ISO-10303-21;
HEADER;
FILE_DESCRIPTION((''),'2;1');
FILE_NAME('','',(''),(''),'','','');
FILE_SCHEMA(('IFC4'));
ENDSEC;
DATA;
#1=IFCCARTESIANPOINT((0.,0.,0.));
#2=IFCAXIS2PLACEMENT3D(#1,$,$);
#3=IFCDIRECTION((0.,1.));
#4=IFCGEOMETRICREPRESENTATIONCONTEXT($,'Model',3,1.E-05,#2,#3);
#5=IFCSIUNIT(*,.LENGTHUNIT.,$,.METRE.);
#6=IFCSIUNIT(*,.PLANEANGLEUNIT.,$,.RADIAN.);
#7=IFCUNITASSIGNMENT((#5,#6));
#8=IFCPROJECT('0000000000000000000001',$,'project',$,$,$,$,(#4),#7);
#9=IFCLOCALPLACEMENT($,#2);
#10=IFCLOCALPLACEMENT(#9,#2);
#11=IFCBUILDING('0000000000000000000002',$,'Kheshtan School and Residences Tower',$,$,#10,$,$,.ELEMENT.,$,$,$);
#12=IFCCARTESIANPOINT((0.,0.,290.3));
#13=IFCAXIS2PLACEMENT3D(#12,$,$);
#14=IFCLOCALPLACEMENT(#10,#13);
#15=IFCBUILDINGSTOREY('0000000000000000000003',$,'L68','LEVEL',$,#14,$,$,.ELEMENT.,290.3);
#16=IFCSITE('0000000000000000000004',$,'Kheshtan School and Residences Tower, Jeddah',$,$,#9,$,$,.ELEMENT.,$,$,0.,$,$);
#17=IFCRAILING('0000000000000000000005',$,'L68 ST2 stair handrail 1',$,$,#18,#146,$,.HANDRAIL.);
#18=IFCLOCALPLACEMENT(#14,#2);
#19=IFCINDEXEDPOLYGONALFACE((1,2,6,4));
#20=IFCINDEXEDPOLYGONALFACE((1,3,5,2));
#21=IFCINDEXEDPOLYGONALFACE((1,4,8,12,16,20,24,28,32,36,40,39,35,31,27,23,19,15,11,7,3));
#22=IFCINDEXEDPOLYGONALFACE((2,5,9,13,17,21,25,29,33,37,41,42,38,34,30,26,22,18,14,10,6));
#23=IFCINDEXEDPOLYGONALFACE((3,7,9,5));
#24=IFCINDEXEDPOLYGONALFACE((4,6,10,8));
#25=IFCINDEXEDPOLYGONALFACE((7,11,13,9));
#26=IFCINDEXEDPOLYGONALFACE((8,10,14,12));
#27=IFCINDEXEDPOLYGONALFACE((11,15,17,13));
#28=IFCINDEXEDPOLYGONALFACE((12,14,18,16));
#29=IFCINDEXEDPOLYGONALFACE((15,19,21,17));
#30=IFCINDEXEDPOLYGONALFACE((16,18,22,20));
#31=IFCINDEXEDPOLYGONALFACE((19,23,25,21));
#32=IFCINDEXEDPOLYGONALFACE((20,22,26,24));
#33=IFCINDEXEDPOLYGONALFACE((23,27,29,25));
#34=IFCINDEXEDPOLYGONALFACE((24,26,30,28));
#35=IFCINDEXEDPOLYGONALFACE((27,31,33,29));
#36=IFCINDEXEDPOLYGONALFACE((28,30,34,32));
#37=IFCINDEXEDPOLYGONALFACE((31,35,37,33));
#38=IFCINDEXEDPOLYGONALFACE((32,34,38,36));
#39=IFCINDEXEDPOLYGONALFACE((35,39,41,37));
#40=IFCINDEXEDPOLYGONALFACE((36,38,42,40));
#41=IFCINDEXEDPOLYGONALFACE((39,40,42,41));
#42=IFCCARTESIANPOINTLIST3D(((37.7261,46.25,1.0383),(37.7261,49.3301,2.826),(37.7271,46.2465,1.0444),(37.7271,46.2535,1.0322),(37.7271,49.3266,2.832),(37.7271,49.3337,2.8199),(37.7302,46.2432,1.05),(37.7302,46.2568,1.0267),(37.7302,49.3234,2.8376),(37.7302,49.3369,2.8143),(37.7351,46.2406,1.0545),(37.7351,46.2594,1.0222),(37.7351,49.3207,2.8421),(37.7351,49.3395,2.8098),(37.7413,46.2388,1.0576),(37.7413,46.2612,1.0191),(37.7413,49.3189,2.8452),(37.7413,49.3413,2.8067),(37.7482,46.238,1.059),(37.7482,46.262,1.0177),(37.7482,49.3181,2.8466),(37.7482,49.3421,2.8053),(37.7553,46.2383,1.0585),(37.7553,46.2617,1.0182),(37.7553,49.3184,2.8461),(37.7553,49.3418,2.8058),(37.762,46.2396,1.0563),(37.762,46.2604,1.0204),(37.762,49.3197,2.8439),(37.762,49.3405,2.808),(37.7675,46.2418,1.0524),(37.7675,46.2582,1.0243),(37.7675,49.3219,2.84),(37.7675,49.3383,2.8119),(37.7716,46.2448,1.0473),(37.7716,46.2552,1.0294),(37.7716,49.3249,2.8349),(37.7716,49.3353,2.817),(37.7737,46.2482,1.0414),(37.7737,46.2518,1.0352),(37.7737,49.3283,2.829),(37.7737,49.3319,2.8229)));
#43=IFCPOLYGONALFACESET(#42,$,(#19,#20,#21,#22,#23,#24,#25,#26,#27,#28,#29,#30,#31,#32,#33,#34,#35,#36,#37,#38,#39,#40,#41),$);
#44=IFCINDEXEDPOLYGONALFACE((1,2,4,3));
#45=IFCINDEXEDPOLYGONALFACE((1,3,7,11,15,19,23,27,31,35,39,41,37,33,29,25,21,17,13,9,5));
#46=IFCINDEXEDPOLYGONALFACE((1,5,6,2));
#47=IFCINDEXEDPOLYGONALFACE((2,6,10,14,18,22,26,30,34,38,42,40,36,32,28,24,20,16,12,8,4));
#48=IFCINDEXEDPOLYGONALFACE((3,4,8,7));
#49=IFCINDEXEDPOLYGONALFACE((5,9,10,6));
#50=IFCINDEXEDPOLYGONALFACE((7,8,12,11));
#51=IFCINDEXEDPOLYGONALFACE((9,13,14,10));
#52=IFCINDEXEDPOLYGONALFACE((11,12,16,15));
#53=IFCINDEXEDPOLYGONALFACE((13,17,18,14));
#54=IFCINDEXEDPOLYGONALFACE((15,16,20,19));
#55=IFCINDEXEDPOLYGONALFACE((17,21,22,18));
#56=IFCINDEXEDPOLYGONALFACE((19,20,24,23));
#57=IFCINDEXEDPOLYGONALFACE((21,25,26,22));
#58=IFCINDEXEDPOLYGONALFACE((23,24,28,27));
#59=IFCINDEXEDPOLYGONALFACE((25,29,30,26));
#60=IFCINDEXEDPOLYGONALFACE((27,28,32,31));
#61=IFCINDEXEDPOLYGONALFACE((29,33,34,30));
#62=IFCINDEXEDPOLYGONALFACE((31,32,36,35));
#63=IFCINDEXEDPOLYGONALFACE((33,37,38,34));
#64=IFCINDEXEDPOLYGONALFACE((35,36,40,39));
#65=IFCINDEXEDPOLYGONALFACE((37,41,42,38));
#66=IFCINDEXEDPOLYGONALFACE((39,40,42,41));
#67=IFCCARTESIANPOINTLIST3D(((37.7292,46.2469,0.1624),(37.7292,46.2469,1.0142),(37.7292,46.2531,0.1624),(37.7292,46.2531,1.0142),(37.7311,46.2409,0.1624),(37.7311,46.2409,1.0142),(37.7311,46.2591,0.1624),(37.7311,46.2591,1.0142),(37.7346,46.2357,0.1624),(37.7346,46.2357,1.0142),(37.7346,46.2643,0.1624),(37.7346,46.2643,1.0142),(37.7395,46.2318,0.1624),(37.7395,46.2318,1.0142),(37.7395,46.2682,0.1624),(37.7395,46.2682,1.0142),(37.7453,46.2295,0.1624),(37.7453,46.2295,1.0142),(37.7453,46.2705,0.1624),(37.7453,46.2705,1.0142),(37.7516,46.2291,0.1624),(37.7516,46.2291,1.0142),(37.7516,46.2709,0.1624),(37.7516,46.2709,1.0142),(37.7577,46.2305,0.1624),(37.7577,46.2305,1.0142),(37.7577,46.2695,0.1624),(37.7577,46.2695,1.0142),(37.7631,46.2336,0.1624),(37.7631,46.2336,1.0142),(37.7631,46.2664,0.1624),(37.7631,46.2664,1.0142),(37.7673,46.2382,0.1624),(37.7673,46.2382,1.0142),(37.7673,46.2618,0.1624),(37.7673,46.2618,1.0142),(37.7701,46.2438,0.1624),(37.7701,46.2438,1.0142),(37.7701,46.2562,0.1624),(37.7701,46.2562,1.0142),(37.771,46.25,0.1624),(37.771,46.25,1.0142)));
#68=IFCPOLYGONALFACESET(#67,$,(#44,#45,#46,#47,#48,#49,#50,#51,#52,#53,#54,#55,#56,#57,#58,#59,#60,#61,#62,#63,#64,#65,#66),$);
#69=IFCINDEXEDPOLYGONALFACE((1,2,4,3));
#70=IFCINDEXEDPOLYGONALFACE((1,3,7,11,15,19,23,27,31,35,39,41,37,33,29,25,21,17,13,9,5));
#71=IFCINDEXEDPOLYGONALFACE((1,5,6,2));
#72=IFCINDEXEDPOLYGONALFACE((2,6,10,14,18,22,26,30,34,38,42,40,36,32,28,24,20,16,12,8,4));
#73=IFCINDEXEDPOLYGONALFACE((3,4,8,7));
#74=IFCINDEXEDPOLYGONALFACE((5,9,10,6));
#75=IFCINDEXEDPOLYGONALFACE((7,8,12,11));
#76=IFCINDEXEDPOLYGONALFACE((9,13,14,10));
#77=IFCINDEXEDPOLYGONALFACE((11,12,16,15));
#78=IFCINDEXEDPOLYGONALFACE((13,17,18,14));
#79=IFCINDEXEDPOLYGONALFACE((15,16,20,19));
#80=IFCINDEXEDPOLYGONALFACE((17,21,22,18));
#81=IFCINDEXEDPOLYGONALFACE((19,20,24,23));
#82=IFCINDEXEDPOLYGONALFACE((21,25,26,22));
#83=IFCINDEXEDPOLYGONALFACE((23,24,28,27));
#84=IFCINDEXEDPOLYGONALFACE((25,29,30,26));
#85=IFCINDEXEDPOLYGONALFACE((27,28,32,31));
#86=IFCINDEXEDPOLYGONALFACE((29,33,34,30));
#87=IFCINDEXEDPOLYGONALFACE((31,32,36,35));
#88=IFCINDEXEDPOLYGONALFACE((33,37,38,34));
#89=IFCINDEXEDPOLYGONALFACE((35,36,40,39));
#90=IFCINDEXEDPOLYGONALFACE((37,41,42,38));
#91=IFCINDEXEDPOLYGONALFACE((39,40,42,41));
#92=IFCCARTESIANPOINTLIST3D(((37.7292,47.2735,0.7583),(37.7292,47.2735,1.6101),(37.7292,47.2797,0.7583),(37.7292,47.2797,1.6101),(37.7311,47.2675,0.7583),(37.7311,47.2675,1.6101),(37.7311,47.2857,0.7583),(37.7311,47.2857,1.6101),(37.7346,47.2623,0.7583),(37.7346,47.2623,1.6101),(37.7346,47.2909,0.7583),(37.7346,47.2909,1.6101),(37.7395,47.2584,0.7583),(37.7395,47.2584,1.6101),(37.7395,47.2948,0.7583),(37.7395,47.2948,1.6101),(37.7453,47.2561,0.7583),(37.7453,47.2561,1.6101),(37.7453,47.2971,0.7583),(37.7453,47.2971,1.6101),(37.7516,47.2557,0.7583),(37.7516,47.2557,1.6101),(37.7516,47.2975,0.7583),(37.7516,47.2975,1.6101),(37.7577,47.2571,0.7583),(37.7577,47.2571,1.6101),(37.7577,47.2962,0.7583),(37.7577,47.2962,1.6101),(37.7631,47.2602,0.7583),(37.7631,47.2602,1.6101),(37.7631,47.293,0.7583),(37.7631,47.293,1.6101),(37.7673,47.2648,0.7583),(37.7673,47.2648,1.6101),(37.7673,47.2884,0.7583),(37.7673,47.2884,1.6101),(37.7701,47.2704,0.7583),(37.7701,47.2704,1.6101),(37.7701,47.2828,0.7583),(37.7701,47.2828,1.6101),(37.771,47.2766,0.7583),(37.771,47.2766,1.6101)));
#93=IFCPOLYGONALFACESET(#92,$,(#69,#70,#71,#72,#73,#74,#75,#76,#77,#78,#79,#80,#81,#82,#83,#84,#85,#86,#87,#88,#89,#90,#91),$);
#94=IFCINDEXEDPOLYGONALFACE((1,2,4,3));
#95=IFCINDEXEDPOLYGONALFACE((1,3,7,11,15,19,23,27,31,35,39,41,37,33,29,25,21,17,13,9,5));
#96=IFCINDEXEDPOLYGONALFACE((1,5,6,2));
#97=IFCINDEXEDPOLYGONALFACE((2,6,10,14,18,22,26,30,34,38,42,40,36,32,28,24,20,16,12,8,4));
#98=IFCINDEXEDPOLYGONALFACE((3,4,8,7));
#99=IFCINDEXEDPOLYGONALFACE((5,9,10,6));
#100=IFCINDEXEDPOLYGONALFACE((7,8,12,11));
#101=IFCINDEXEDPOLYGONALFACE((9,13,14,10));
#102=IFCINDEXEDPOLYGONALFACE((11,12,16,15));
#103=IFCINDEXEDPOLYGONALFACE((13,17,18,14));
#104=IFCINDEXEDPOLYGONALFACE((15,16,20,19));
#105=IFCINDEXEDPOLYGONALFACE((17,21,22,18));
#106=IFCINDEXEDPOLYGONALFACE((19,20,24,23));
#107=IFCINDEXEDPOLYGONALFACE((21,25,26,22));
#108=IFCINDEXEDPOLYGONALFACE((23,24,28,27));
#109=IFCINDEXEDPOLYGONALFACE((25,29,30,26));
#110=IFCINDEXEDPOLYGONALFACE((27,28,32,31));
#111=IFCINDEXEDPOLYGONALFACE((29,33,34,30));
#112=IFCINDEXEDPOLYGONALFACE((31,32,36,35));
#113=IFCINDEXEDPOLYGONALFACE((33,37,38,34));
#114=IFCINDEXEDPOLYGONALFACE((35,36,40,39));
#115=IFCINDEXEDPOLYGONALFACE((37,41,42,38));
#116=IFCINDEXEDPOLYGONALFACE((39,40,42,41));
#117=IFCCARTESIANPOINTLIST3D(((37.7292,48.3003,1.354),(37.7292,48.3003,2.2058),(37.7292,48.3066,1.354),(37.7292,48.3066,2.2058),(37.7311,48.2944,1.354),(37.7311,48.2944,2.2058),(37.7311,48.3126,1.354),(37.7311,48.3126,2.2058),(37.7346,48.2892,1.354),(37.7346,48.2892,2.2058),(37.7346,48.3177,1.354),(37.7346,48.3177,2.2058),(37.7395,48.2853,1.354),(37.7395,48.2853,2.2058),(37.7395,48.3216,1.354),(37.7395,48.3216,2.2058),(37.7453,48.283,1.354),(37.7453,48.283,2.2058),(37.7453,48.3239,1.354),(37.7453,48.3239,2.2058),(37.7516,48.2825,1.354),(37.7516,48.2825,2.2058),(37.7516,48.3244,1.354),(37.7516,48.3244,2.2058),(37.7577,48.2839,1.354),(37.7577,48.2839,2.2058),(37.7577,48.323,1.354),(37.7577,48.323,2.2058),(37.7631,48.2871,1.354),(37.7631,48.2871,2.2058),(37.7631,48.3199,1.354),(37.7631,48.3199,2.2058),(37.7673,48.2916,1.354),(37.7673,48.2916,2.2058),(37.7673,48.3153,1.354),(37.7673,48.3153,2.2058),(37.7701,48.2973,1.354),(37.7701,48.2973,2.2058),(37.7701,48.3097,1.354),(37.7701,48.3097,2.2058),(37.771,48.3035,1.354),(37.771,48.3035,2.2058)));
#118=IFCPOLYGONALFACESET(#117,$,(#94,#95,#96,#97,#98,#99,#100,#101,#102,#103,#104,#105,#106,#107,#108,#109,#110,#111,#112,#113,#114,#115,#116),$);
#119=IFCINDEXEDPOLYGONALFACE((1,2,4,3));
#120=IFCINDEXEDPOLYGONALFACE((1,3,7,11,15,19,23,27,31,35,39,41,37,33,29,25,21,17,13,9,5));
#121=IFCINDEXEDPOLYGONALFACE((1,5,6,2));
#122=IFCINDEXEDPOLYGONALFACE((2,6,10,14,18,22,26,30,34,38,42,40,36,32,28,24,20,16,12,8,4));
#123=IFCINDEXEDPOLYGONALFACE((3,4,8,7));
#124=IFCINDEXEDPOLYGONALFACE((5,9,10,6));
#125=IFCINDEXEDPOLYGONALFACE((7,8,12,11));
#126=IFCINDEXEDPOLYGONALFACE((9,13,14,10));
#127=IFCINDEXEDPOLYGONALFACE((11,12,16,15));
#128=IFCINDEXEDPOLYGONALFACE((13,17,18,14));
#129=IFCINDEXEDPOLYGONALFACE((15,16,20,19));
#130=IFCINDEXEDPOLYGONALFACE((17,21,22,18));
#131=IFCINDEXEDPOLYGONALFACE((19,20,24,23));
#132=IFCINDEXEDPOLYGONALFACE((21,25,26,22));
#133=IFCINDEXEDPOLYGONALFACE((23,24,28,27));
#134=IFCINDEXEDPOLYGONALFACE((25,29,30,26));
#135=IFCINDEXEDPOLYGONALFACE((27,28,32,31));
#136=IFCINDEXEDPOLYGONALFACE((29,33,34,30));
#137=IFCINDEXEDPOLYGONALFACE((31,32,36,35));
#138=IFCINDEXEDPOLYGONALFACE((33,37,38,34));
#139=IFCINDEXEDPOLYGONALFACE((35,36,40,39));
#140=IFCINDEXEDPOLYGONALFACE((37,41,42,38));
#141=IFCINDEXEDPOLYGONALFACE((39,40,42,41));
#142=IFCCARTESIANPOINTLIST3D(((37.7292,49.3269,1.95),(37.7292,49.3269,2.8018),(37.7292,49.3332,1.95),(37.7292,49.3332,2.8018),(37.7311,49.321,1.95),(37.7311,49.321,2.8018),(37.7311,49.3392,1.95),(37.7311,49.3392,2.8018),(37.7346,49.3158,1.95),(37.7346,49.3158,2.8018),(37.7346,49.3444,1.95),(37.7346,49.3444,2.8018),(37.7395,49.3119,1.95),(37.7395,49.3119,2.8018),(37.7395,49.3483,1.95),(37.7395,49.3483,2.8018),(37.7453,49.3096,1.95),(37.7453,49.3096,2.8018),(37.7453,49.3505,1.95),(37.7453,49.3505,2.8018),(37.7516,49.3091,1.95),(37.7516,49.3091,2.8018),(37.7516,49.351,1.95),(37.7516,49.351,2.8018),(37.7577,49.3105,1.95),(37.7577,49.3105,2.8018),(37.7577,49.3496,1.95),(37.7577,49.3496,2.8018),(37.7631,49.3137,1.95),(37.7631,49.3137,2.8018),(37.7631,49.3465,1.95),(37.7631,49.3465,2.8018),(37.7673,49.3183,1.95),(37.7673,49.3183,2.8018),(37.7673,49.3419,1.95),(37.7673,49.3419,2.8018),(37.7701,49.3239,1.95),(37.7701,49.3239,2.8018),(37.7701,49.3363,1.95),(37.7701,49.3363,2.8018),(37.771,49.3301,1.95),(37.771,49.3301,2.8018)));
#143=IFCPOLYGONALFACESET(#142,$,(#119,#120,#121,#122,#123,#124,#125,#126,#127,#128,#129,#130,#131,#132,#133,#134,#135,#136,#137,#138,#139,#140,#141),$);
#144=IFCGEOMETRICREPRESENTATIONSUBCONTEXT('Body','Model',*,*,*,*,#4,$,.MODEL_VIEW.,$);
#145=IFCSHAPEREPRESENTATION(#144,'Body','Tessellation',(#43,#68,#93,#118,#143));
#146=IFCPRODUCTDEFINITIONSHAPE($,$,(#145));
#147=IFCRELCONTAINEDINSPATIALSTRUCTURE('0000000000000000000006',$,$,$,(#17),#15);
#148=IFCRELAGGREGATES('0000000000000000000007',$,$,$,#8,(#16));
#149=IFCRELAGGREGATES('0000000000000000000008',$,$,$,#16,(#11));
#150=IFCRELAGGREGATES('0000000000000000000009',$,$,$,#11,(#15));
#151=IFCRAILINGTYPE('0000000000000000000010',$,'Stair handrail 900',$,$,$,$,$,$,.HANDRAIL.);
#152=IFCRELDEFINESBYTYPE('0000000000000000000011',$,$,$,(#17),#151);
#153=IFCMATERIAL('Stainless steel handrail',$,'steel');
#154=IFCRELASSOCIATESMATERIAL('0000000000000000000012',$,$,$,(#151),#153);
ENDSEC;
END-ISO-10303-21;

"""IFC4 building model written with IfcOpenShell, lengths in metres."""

from ifc_helpers import new_model, si_unit, direction, frame, origin, origin_2d, place, context, subcontext, project, spatial, circle, extrude, material, type_object, element, save


model = new_model("IFC4")

# Units and contexts
model_context = context("Model", 3, precision=1e-05, world=origin(), true_north=direction((0.0, 1.0)))
body_context = subcontext(model_context, "Body", "Model", "MODEL_VIEW")
ifc_project = project(units=[si_unit("LENGTHUNIT", "METRE"), si_unit("PLANEANGLEUNIT", "RADIAN")], contexts=[model_context])

# Site, building, storey
site_placement = place(None, origin())
site = spatial("IfcSite", under=ifc_project, at=site_placement, Name="Kheshtan School and Residences Tower, Jeddah", CompositionType="ELEMENT", RefElevation=0.0)
building_placement = place(site_placement, origin())
building = spatial("IfcBuilding", under=site, at=building_placement, Name="Kheshtan School and Residences Tower", CompositionType="ELEMENT")
storey_placement = place(building_placement, frame((0.0, 0.0, 290.3)))
storey = spatial("IfcBuildingStorey", under=building, at=storey_placement, Name="L68", Description="LEVEL", CompositionType="ELEMENT", Elevation=290.3)

# Railing
ifc_material_1 = material(Name="Stainless steel handrail", Category="steel")
railing_type_1 = type_object("IfcRailingType", Name="Stair handrail 900", PredefinedType="HANDRAIL", material=ifc_material_1)
railing_1_placement = place(storey_placement, frame((37.75, 46.25, 0.1624)))
element("IfcRailing", 1, at=railing_1_placement, inside=storey, type_object=railing_type_1, Name="L68 ST2 stair handrail 1", PredefinedType="HANDRAIL", context=body_context, shape_type="SweptSolid", body=[
    extrude(circle(Radius=0.0239, at=origin_2d()), frame((0.0, 0.0, 0.876), z_axis=(0.0, 0.864891, 0.50196), x_axis=(-1.0, 0.0, 0.0)), (0.0, 0.0, 1.0), 3.5613),
    extrude(circle(Radius=0.021, at=origin_2d()), origin(), (0.0, 0.0, 1.0), 0.8518),
    extrude(circle(Radius=0.021, at=origin_2d()), frame((0.0, 1.0266, 0.5959)), (0.0, 0.0, 1.0), 0.8518),
    extrude(circle(Radius=0.021, at=origin_2d()), frame((0.0, 2.0535, 1.1917)), (0.0, 0.0, 1.0), 0.8518),
    extrude(circle(Radius=0.021, at=origin_2d()), frame((0.0, 3.0801, 1.7876)), (0.0, 0.0, 1.0), 0.8518),
])

save(model, "model.ifc")
